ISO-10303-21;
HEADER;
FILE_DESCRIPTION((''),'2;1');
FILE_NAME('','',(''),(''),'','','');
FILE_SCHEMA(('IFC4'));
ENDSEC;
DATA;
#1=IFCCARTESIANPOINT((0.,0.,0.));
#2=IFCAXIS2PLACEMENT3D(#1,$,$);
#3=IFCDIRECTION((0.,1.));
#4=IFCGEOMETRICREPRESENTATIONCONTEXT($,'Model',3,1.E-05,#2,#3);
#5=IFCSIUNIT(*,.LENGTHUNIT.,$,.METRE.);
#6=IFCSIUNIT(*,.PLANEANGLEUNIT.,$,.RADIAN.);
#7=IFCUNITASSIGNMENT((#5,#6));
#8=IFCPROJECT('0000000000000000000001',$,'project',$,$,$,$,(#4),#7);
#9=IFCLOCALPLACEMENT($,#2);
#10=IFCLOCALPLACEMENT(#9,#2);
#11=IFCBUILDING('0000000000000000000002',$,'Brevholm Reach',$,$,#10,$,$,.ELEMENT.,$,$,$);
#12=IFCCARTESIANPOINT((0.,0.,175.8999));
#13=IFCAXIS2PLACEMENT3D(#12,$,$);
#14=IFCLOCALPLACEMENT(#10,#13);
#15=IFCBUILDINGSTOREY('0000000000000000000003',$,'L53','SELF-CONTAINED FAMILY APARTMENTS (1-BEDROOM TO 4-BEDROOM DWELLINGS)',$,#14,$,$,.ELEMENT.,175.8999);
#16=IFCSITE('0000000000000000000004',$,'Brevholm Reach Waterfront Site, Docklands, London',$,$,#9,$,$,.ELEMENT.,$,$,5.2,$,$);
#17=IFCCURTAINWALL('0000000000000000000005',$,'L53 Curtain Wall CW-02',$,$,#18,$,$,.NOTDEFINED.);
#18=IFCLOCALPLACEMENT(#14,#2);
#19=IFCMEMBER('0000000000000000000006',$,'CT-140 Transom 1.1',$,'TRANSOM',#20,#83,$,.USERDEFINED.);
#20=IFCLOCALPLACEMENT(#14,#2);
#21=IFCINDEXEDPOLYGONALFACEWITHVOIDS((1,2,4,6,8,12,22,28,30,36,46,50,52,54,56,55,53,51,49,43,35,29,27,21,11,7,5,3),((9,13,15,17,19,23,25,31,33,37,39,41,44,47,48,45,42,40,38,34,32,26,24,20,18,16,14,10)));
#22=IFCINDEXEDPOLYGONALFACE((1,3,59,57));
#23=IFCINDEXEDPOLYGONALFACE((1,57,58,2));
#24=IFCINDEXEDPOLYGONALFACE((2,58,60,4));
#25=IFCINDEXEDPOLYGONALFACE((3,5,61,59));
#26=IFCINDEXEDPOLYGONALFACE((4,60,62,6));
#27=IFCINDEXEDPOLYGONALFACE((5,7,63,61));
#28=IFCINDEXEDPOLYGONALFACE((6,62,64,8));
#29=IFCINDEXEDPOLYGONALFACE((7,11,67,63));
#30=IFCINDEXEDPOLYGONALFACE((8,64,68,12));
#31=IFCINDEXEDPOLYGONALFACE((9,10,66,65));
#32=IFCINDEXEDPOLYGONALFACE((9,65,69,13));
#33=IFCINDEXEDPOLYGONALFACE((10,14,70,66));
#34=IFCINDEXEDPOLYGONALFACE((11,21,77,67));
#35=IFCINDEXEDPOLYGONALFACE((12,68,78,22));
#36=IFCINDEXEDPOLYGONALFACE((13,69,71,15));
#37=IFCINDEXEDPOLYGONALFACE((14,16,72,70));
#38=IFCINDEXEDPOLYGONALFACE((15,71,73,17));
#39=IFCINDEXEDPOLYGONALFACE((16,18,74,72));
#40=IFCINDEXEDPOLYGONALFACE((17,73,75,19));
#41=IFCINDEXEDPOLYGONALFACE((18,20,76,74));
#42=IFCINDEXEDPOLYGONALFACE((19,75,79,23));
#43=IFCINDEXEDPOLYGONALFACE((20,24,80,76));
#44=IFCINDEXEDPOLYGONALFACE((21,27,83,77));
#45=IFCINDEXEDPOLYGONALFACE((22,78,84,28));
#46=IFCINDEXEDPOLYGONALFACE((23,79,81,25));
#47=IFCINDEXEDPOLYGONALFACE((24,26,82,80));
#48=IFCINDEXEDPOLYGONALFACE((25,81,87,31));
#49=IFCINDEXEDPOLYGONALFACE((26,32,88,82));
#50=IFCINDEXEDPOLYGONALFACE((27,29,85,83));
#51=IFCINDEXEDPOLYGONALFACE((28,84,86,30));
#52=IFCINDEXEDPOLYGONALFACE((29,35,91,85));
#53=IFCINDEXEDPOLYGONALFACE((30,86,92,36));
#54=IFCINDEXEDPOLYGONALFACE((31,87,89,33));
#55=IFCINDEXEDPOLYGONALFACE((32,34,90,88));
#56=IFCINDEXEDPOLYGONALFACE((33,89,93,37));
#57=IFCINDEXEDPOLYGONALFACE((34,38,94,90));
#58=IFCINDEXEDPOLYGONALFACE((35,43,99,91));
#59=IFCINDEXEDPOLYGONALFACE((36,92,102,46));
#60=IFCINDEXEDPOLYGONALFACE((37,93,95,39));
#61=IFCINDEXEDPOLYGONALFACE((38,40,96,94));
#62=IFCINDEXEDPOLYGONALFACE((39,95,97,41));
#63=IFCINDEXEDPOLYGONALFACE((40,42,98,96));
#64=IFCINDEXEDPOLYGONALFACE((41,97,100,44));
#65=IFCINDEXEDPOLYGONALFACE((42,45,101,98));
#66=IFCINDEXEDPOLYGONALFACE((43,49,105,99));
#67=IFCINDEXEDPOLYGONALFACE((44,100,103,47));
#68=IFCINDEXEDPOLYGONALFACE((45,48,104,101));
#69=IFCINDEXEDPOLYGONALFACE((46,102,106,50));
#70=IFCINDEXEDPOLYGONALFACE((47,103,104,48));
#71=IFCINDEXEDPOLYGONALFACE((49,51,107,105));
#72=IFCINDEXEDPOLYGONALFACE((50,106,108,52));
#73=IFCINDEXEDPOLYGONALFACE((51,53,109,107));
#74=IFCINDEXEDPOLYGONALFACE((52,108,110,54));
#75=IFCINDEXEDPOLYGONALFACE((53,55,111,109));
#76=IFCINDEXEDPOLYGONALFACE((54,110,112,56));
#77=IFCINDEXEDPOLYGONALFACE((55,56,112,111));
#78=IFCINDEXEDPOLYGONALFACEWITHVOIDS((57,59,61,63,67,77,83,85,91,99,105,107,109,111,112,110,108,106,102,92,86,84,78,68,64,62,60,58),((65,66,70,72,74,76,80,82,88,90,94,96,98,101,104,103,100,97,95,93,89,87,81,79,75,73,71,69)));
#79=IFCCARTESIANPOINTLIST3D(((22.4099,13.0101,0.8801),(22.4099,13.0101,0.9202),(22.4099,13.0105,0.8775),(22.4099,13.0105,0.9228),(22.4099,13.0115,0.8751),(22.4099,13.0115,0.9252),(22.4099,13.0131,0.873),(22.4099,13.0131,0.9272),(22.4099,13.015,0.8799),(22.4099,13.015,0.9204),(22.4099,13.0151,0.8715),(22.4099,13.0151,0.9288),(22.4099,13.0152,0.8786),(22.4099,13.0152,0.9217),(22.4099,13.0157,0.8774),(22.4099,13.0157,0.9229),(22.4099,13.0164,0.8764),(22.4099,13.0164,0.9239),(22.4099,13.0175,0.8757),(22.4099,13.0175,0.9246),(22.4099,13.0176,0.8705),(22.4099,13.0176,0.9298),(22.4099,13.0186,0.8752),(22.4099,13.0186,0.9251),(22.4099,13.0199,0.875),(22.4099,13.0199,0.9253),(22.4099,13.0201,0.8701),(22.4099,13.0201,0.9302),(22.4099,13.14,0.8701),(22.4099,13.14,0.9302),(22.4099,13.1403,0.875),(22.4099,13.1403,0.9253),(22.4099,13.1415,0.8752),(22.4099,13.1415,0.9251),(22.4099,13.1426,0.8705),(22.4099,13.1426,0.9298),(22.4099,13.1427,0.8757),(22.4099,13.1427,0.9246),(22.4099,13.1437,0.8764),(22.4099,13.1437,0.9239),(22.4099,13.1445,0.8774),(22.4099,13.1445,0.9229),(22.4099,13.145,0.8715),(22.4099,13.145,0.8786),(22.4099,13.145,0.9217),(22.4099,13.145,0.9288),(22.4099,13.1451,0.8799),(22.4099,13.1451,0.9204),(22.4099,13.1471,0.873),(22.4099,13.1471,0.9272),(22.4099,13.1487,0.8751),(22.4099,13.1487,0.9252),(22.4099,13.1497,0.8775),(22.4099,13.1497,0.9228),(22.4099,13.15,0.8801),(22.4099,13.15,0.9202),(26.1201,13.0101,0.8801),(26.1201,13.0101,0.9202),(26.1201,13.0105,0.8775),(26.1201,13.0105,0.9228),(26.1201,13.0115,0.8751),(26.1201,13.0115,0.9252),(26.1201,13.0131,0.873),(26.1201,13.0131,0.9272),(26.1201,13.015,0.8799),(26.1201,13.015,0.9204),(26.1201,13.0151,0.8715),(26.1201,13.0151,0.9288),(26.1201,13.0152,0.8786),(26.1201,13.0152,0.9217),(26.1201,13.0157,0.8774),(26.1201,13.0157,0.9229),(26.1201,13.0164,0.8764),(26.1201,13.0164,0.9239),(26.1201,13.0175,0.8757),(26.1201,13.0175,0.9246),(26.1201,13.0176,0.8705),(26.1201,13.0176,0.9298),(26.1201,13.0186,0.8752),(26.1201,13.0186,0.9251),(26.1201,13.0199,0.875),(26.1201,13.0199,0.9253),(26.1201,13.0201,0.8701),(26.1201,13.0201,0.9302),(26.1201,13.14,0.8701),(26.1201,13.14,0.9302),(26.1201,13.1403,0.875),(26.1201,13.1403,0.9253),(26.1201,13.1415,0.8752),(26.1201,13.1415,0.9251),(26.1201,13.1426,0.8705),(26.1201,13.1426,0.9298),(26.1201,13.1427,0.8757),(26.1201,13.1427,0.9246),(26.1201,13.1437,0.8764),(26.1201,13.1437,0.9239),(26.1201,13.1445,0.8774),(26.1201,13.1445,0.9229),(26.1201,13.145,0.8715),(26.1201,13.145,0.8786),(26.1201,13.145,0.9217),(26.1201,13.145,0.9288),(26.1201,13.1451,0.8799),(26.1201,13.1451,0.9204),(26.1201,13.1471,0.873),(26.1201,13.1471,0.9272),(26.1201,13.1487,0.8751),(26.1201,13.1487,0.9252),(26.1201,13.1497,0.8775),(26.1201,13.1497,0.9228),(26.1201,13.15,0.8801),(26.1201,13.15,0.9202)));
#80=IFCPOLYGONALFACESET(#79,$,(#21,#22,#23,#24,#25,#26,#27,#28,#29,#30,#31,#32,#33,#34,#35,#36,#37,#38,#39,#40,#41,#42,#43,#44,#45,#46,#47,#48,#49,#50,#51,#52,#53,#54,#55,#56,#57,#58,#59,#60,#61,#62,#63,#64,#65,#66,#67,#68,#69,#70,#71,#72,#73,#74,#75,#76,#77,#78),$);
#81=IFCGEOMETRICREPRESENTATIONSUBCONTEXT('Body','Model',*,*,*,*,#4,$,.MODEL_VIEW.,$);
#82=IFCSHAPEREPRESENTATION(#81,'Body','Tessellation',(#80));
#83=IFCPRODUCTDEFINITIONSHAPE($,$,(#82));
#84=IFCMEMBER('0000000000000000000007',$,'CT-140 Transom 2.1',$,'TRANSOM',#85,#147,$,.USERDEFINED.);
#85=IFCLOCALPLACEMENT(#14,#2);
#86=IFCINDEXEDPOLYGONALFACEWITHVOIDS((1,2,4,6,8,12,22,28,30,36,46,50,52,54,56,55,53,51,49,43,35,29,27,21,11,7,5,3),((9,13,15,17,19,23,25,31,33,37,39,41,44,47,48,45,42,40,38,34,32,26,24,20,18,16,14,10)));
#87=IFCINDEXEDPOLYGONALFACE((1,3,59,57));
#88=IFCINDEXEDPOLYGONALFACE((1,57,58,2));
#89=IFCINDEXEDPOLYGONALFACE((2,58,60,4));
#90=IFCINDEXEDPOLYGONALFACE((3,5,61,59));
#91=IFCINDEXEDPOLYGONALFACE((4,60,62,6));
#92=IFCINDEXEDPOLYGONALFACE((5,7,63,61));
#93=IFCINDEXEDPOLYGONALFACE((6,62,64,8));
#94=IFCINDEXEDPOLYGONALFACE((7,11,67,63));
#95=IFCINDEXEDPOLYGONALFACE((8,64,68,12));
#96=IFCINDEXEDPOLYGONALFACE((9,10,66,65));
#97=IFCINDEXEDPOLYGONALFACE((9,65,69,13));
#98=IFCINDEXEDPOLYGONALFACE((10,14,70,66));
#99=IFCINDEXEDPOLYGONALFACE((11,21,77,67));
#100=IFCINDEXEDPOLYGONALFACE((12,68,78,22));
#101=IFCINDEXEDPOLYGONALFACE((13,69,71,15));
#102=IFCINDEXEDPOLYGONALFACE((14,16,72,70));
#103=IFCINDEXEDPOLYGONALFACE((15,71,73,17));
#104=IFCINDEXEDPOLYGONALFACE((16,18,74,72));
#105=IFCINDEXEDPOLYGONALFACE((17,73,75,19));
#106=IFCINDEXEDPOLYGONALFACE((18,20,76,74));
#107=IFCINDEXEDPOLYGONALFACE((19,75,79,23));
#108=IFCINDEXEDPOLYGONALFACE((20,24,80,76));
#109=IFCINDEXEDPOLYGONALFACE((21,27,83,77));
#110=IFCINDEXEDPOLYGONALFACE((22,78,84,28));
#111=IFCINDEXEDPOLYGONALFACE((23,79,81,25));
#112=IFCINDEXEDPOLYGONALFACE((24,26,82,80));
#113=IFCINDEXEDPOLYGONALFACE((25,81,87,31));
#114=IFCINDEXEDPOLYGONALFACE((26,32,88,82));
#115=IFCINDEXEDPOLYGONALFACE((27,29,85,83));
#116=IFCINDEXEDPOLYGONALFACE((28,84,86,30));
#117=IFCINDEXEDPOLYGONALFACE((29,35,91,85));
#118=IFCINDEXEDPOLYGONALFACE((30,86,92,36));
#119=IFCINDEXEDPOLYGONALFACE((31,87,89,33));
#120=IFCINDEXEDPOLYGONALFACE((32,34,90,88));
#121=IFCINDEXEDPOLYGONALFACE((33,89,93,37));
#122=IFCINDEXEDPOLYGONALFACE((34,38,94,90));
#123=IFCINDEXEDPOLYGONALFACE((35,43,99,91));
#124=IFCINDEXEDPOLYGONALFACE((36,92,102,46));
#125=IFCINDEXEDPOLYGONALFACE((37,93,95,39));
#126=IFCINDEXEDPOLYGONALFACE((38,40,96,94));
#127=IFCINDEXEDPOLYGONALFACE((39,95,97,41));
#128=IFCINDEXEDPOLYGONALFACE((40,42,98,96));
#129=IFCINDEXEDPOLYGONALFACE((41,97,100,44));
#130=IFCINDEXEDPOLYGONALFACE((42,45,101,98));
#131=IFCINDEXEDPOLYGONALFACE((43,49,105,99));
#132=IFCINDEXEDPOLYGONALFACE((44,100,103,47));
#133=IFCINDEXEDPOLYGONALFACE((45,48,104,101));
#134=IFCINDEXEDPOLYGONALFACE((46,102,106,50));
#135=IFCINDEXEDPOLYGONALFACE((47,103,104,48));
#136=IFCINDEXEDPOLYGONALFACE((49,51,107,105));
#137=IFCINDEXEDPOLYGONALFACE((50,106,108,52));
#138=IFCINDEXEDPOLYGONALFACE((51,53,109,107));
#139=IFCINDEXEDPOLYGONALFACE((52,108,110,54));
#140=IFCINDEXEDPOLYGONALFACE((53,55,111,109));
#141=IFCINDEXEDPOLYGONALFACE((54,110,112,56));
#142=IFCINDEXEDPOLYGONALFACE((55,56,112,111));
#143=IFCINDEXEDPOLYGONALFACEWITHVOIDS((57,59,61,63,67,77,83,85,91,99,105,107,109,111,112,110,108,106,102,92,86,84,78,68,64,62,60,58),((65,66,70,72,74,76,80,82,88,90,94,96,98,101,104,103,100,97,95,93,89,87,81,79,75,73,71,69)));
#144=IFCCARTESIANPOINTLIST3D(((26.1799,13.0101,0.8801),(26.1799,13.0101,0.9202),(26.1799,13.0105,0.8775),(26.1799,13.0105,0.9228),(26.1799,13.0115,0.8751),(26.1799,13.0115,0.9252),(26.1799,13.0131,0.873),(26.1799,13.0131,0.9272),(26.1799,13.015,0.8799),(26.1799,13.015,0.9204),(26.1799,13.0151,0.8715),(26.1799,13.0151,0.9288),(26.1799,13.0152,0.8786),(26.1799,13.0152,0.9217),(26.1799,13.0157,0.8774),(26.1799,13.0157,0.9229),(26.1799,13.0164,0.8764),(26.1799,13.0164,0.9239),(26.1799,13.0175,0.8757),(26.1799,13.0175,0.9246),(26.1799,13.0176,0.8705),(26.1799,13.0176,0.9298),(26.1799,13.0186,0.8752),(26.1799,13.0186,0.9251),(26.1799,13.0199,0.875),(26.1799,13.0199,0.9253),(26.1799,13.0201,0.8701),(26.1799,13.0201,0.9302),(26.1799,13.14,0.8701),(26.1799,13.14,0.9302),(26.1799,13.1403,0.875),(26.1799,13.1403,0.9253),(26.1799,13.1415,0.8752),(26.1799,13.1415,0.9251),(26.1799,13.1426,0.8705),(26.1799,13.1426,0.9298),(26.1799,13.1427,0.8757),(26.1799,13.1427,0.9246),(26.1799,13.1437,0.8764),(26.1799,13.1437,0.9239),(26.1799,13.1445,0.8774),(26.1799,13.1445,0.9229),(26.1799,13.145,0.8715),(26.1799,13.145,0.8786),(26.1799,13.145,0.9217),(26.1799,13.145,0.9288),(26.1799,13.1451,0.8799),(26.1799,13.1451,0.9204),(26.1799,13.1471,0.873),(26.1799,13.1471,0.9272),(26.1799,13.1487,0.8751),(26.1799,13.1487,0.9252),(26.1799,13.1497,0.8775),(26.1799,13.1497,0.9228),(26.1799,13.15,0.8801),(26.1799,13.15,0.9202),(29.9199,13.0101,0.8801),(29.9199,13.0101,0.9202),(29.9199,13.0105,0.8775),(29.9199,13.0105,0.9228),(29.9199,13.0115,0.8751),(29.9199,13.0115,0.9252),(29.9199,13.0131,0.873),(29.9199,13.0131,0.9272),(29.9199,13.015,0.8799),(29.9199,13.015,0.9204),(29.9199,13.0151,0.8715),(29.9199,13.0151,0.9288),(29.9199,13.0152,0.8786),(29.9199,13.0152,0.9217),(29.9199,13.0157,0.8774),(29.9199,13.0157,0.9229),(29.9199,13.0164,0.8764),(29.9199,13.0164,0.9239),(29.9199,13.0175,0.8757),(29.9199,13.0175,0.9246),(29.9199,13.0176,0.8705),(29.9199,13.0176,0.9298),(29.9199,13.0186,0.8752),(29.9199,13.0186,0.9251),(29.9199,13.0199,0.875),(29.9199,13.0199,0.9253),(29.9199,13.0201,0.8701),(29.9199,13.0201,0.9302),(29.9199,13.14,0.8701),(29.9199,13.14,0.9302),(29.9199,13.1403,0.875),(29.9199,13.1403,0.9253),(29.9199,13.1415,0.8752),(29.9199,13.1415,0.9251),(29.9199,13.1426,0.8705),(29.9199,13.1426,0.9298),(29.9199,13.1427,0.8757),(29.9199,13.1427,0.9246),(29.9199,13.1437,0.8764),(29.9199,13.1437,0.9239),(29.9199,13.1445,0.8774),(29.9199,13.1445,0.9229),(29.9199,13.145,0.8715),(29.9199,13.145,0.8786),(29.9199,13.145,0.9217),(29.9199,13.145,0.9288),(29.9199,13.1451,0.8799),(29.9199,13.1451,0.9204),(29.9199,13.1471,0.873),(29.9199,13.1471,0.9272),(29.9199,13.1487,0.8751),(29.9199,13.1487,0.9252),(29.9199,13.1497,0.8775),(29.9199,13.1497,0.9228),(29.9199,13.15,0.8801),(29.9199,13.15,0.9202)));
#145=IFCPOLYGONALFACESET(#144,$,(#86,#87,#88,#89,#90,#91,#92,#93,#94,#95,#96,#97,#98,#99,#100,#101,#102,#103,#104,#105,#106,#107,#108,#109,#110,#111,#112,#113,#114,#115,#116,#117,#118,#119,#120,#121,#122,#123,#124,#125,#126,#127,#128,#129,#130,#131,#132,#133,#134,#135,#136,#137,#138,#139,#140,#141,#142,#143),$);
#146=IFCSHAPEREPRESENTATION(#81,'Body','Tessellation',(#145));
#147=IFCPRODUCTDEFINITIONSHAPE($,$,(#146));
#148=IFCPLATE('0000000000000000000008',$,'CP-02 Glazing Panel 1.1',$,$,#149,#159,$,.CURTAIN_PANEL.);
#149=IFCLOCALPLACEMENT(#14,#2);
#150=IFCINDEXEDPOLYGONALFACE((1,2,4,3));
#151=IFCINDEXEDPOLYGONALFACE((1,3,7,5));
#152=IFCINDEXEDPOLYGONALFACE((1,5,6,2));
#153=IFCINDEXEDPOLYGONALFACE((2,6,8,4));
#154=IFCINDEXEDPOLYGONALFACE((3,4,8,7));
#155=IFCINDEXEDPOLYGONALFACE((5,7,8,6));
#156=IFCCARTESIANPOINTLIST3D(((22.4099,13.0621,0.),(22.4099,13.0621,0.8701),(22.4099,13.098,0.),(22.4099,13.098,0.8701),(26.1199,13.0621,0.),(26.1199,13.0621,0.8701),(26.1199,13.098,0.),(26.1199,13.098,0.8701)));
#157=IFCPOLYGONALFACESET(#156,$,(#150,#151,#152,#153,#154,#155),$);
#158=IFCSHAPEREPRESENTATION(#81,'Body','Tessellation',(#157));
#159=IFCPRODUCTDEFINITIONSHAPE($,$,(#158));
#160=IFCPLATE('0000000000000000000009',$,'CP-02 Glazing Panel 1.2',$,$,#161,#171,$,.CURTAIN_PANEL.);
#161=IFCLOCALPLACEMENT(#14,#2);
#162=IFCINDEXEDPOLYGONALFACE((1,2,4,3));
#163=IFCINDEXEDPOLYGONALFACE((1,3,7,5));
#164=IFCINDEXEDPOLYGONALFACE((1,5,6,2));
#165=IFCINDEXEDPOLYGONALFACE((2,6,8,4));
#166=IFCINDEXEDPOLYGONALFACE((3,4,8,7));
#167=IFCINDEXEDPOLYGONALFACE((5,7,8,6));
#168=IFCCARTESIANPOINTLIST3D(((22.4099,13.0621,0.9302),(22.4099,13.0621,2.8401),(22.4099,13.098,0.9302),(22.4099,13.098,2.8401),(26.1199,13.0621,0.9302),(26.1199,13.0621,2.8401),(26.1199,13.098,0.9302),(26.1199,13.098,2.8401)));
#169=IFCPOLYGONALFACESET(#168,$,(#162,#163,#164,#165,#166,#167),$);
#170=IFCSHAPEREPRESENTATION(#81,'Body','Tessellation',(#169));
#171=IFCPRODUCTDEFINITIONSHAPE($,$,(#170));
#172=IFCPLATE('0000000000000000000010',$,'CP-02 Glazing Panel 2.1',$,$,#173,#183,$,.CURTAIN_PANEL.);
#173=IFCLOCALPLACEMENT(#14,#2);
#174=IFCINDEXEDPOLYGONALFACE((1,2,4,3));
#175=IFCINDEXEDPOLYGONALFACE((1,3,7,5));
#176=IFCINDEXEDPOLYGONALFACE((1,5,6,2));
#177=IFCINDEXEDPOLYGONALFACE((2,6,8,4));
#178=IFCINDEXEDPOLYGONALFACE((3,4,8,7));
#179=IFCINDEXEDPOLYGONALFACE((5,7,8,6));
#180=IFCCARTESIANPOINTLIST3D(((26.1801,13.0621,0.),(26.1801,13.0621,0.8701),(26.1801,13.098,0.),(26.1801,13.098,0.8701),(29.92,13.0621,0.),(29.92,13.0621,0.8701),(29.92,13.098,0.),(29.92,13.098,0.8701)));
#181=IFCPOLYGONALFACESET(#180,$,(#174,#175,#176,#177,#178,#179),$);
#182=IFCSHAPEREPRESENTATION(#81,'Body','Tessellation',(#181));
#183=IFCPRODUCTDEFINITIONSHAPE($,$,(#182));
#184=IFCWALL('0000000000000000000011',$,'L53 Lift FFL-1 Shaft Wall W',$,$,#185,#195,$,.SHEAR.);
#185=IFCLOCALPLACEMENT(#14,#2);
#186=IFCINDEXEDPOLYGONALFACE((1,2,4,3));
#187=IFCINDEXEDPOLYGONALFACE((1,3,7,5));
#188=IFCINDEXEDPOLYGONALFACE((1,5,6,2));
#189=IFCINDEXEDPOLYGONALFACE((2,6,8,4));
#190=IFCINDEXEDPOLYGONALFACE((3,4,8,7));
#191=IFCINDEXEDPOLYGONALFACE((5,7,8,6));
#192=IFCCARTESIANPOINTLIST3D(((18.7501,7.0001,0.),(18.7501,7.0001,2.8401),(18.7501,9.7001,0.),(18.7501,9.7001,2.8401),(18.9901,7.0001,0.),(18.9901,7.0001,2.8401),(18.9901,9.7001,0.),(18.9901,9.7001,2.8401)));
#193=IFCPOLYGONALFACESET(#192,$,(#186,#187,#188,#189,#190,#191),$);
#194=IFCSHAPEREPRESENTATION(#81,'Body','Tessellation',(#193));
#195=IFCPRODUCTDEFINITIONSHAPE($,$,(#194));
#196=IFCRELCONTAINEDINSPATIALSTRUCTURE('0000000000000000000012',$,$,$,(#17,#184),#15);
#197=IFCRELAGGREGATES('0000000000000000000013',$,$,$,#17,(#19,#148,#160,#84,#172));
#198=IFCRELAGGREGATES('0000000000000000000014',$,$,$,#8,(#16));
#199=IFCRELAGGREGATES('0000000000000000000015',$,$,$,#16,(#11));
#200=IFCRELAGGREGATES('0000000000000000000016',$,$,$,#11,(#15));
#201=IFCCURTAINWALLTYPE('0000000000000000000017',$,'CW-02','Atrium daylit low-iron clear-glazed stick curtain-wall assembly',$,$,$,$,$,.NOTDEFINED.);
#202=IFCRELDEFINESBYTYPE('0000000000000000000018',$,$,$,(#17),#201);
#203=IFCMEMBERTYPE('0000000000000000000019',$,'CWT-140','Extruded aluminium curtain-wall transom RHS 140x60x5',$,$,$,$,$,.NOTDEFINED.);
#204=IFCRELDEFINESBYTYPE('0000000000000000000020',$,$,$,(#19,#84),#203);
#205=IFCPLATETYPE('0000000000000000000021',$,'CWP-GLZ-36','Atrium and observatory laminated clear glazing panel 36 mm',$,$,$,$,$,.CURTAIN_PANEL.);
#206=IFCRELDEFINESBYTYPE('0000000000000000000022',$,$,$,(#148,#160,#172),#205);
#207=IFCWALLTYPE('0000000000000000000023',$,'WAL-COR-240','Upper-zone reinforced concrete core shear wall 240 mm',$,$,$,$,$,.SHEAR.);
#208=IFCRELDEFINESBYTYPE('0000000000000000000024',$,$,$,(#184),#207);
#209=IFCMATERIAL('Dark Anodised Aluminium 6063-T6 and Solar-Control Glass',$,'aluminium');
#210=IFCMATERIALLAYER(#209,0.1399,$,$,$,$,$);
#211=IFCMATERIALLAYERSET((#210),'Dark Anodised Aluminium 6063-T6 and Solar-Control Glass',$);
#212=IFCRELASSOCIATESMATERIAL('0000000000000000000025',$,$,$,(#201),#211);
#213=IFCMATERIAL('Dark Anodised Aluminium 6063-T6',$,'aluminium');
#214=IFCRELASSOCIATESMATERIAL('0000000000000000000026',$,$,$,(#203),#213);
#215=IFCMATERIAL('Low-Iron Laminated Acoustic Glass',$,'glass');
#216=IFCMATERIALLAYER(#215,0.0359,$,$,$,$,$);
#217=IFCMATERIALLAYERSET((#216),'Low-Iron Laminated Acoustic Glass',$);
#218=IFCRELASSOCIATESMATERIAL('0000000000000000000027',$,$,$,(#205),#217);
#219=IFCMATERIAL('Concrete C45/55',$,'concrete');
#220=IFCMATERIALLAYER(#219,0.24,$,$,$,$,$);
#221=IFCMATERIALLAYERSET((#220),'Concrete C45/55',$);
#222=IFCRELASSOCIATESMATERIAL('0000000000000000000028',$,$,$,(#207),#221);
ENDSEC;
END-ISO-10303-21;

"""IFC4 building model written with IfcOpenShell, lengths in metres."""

from ifc_helpers import new_model, si_unit, direction, frame, frame_2d, origin, origin_2d, place, context, subcontext, project, spatial, rectangle, hollow_rectangle, extrude, material, layer, layer_set, material_profile, profile_set, type_object, element, aggregate, save


model = new_model("IFC4")

# Units and contexts
model_context = context("Model", 3, precision=1e-05, world=origin(), true_north=direction((0.0, 1.0)))
body_context = subcontext(model_context, "Body", "Model", "MODEL_VIEW")
ifc_project = project(units=[si_unit("LENGTHUNIT", "METRE"), si_unit("PLANEANGLEUNIT", "RADIAN")], contexts=[model_context])

# Site, building, storey
site_placement = place(None, origin())
site = spatial("IfcSite", under=ifc_project, at=site_placement, Name="Brevholm Reach Waterfront Site, Docklands, London", CompositionType="ELEMENT", RefElevation=5.2)
building_placement = place(site_placement, origin())
building = spatial("IfcBuilding", under=site, at=building_placement, Name="Brevholm Reach", CompositionType="ELEMENT")
storey_placement = place(building_placement, frame((0.0, 0.0, 175.8999)))
storey = spatial("IfcBuildingStorey", under=building, at=storey_placement, Name="L53", Description="SELF-CONTAINED FAMILY APARTMENTS (1-BEDROOM TO 4-BEDROOM DWELLINGS)", CompositionType="ELEMENT", Elevation=175.8999)

# Curtain wall, members, plates
ifc_material_1 = material(Name="Dark Anodised Aluminium 6063-T6 and Solar-Control Glass", Category="aluminium")
ifc_layer_1 = layer(ifc_material_1, 0.1399)
ifc_layer_set_1 = layer_set([ifc_layer_1], Name="Dark Anodised Aluminium 6063-T6 and Solar-Control Glass")
curtain_wall_type = type_object("IfcCurtainWallType", Name="CW-02", Description="Atrium daylit low-iron clear-glazed stick curtain-wall assembly", PredefinedType="NOTDEFINED", material=ifc_layer_set_1)
curtain_wall_placement = place(storey_placement, origin())
curtain_wall = element("IfcCurtainWall", 1, at=curtain_wall_placement, inside=storey, type_object=curtain_wall_type, Name="L53 Curtain Wall CW-02", PredefinedType="NOTDEFINED")
ifc_material_2 = material(Name="Dark Anodised Aluminium 6063-T6", Category="aluminium")
ifc_material_profile_1 = material_profile(ifc_material_2, hollow_rectangle(XDim=0.0601, YDim=0.1399, WallThickness=0.0049, InnerFilletRadius=0.0049, OuterFilletRadius=0.01, at=origin_2d()), Name="RHS 140x60x5")
ifc_profile_set_1 = profile_set([ifc_material_profile_1], Name="Dark Anodised Aluminium 6063-T6")
member_type_1 = type_object("IfcMemberType", Name="CWT-140", Description="Extruded aluminium curtain-wall transom RHS 140x60x5", PredefinedType="NOTDEFINED", material=ifc_profile_set_1)
member_1_placement = place(storey_placement, frame((22.4099, 13.0801, 0.9001), z_axis=(1.0, 0.0, 0.0), x_axis=(0.0, 0.0, 1.0)))
member_1 = element("IfcMember", 2, at=member_1_placement, type_object=member_type_1, Name="CT-140 Transom 1.1", ObjectType="TRANSOM", PredefinedType="USERDEFINED", context=body_context, shape_type="SweptSolid", body=[
    extrude(hollow_rectangle(XDim=0.0601, YDim=0.1399, WallThickness=0.0049, InnerFilletRadius=0.0049, OuterFilletRadius=0.01, at=origin_2d()), origin(), (0.0, 0.0, 1.0), 3.7102),
])
member_2_placement = place(storey_placement, frame((26.1799, 13.0801, 0.9001), z_axis=(1.0, 0.0, 0.0), x_axis=(0.0, 0.0, 1.0)))
member_2 = element("IfcMember", 3, at=member_2_placement, type_object=member_type_1, Name="CT-140 Transom 2.1", ObjectType="TRANSOM", PredefinedType="USERDEFINED", context=body_context, shape_type="SweptSolid", body=[
    extrude(hollow_rectangle(XDim=0.0601, YDim=0.1399, WallThickness=0.0049, InnerFilletRadius=0.0049, OuterFilletRadius=0.01, at=origin_2d()), origin(), (0.0, 0.0, 1.0), 3.74),
])
ifc_material_3 = material(Name="Low-Iron Laminated Acoustic Glass", Category="glass")
ifc_layer_2 = layer(ifc_material_3, 0.0359)
ifc_layer_set_2 = layer_set([ifc_layer_2], Name="Low-Iron Laminated Acoustic Glass")
plate_type = type_object("IfcPlateType", Name="CWP-GLZ-36", Description="Atrium and observatory laminated clear glazing panel 36 mm", PredefinedType="CURTAIN_PANEL", material=ifc_layer_set_2)
plate_1_placement = place(storey_placement, frame((24.2649, 13.0801, 0.0), z_axis=(0.0, 0.0, 1.0), x_axis=(1.0, 0.0, 0.0)))
plate_1 = element("IfcPlate", 4, at=plate_1_placement, type_object=plate_type, Name="CP-02 Glazing Panel 1.1", PredefinedType="CURTAIN_PANEL", context=body_context, shape_type="SweptSolid", body=[
    extrude(rectangle(XDim=3.71, YDim=0.0359, at=origin_2d()), origin(), (0.0, 0.0, 1.0), 0.8701),
])
plate_2_placement = place(storey_placement, frame((24.2649, 13.0801, 0.9302), z_axis=(0.0, 0.0, 1.0), x_axis=(1.0, 0.0, 0.0)))
plate_2 = element("IfcPlate", 5, at=plate_2_placement, type_object=plate_type, Name="CP-02 Glazing Panel 1.2", PredefinedType="CURTAIN_PANEL", context=body_context, shape_type="SweptSolid", body=[
    extrude(rectangle(XDim=3.71, YDim=0.0359, at=origin_2d()), origin(), (0.0, 0.0, 1.0), 1.9099),
])
plate_3_placement = place(storey_placement, frame((28.05, 13.0801, 0.0), z_axis=(0.0, 0.0, 1.0), x_axis=(1.0, 0.0, 0.0)))
plate_3 = element("IfcPlate", 6, at=plate_3_placement, type_object=plate_type, Name="CP-02 Glazing Panel 2.1", PredefinedType="CURTAIN_PANEL", context=body_context, shape_type="SweptSolid", body=[
    extrude(rectangle(XDim=3.74, YDim=0.0359, at=origin_2d()), origin(), (0.0, 0.0, 1.0), 0.8701),
])
aggregate(curtain_wall, [member_1, plate_1, plate_2, member_2, plate_3])

# Wall
ifc_material_4 = material(Name="Concrete C45/55", Category="concrete")
ifc_layer_3 = layer(ifc_material_4, 0.24)
ifc_layer_set_3 = layer_set([ifc_layer_3], Name="Concrete C45/55")
wall_type_1 = type_object("IfcWallType", Name="WAL-COR-240", Description="Upper-zone reinforced concrete core shear wall 240 mm", PredefinedType="SHEAR", material=ifc_layer_set_3)
for number, where, z_axis, x_axis, name in (
    (7, (18.8701, 7.0, 0.0), (0.0, 0.0, 1.0), (0.0, 1.0, 0.0), "L53 Lift FFL-1 Shaft Wall W"),
):
    element("IfcWall", number, at=place(storey_placement, frame(where, z_axis=z_axis, x_axis=x_axis)), inside=storey, type_object=wall_type_1, Name=name, PredefinedType="SHEAR", context=body_context, shape_type="SweptSolid", body=[
        extrude(rectangle(XDim=2.7, YDim=0.24, at=frame_2d((1.3501, 0.0))), origin(), (0.0, 0.0, 1.0), 2.8401),
    ])

save(model, "model.ifc")
